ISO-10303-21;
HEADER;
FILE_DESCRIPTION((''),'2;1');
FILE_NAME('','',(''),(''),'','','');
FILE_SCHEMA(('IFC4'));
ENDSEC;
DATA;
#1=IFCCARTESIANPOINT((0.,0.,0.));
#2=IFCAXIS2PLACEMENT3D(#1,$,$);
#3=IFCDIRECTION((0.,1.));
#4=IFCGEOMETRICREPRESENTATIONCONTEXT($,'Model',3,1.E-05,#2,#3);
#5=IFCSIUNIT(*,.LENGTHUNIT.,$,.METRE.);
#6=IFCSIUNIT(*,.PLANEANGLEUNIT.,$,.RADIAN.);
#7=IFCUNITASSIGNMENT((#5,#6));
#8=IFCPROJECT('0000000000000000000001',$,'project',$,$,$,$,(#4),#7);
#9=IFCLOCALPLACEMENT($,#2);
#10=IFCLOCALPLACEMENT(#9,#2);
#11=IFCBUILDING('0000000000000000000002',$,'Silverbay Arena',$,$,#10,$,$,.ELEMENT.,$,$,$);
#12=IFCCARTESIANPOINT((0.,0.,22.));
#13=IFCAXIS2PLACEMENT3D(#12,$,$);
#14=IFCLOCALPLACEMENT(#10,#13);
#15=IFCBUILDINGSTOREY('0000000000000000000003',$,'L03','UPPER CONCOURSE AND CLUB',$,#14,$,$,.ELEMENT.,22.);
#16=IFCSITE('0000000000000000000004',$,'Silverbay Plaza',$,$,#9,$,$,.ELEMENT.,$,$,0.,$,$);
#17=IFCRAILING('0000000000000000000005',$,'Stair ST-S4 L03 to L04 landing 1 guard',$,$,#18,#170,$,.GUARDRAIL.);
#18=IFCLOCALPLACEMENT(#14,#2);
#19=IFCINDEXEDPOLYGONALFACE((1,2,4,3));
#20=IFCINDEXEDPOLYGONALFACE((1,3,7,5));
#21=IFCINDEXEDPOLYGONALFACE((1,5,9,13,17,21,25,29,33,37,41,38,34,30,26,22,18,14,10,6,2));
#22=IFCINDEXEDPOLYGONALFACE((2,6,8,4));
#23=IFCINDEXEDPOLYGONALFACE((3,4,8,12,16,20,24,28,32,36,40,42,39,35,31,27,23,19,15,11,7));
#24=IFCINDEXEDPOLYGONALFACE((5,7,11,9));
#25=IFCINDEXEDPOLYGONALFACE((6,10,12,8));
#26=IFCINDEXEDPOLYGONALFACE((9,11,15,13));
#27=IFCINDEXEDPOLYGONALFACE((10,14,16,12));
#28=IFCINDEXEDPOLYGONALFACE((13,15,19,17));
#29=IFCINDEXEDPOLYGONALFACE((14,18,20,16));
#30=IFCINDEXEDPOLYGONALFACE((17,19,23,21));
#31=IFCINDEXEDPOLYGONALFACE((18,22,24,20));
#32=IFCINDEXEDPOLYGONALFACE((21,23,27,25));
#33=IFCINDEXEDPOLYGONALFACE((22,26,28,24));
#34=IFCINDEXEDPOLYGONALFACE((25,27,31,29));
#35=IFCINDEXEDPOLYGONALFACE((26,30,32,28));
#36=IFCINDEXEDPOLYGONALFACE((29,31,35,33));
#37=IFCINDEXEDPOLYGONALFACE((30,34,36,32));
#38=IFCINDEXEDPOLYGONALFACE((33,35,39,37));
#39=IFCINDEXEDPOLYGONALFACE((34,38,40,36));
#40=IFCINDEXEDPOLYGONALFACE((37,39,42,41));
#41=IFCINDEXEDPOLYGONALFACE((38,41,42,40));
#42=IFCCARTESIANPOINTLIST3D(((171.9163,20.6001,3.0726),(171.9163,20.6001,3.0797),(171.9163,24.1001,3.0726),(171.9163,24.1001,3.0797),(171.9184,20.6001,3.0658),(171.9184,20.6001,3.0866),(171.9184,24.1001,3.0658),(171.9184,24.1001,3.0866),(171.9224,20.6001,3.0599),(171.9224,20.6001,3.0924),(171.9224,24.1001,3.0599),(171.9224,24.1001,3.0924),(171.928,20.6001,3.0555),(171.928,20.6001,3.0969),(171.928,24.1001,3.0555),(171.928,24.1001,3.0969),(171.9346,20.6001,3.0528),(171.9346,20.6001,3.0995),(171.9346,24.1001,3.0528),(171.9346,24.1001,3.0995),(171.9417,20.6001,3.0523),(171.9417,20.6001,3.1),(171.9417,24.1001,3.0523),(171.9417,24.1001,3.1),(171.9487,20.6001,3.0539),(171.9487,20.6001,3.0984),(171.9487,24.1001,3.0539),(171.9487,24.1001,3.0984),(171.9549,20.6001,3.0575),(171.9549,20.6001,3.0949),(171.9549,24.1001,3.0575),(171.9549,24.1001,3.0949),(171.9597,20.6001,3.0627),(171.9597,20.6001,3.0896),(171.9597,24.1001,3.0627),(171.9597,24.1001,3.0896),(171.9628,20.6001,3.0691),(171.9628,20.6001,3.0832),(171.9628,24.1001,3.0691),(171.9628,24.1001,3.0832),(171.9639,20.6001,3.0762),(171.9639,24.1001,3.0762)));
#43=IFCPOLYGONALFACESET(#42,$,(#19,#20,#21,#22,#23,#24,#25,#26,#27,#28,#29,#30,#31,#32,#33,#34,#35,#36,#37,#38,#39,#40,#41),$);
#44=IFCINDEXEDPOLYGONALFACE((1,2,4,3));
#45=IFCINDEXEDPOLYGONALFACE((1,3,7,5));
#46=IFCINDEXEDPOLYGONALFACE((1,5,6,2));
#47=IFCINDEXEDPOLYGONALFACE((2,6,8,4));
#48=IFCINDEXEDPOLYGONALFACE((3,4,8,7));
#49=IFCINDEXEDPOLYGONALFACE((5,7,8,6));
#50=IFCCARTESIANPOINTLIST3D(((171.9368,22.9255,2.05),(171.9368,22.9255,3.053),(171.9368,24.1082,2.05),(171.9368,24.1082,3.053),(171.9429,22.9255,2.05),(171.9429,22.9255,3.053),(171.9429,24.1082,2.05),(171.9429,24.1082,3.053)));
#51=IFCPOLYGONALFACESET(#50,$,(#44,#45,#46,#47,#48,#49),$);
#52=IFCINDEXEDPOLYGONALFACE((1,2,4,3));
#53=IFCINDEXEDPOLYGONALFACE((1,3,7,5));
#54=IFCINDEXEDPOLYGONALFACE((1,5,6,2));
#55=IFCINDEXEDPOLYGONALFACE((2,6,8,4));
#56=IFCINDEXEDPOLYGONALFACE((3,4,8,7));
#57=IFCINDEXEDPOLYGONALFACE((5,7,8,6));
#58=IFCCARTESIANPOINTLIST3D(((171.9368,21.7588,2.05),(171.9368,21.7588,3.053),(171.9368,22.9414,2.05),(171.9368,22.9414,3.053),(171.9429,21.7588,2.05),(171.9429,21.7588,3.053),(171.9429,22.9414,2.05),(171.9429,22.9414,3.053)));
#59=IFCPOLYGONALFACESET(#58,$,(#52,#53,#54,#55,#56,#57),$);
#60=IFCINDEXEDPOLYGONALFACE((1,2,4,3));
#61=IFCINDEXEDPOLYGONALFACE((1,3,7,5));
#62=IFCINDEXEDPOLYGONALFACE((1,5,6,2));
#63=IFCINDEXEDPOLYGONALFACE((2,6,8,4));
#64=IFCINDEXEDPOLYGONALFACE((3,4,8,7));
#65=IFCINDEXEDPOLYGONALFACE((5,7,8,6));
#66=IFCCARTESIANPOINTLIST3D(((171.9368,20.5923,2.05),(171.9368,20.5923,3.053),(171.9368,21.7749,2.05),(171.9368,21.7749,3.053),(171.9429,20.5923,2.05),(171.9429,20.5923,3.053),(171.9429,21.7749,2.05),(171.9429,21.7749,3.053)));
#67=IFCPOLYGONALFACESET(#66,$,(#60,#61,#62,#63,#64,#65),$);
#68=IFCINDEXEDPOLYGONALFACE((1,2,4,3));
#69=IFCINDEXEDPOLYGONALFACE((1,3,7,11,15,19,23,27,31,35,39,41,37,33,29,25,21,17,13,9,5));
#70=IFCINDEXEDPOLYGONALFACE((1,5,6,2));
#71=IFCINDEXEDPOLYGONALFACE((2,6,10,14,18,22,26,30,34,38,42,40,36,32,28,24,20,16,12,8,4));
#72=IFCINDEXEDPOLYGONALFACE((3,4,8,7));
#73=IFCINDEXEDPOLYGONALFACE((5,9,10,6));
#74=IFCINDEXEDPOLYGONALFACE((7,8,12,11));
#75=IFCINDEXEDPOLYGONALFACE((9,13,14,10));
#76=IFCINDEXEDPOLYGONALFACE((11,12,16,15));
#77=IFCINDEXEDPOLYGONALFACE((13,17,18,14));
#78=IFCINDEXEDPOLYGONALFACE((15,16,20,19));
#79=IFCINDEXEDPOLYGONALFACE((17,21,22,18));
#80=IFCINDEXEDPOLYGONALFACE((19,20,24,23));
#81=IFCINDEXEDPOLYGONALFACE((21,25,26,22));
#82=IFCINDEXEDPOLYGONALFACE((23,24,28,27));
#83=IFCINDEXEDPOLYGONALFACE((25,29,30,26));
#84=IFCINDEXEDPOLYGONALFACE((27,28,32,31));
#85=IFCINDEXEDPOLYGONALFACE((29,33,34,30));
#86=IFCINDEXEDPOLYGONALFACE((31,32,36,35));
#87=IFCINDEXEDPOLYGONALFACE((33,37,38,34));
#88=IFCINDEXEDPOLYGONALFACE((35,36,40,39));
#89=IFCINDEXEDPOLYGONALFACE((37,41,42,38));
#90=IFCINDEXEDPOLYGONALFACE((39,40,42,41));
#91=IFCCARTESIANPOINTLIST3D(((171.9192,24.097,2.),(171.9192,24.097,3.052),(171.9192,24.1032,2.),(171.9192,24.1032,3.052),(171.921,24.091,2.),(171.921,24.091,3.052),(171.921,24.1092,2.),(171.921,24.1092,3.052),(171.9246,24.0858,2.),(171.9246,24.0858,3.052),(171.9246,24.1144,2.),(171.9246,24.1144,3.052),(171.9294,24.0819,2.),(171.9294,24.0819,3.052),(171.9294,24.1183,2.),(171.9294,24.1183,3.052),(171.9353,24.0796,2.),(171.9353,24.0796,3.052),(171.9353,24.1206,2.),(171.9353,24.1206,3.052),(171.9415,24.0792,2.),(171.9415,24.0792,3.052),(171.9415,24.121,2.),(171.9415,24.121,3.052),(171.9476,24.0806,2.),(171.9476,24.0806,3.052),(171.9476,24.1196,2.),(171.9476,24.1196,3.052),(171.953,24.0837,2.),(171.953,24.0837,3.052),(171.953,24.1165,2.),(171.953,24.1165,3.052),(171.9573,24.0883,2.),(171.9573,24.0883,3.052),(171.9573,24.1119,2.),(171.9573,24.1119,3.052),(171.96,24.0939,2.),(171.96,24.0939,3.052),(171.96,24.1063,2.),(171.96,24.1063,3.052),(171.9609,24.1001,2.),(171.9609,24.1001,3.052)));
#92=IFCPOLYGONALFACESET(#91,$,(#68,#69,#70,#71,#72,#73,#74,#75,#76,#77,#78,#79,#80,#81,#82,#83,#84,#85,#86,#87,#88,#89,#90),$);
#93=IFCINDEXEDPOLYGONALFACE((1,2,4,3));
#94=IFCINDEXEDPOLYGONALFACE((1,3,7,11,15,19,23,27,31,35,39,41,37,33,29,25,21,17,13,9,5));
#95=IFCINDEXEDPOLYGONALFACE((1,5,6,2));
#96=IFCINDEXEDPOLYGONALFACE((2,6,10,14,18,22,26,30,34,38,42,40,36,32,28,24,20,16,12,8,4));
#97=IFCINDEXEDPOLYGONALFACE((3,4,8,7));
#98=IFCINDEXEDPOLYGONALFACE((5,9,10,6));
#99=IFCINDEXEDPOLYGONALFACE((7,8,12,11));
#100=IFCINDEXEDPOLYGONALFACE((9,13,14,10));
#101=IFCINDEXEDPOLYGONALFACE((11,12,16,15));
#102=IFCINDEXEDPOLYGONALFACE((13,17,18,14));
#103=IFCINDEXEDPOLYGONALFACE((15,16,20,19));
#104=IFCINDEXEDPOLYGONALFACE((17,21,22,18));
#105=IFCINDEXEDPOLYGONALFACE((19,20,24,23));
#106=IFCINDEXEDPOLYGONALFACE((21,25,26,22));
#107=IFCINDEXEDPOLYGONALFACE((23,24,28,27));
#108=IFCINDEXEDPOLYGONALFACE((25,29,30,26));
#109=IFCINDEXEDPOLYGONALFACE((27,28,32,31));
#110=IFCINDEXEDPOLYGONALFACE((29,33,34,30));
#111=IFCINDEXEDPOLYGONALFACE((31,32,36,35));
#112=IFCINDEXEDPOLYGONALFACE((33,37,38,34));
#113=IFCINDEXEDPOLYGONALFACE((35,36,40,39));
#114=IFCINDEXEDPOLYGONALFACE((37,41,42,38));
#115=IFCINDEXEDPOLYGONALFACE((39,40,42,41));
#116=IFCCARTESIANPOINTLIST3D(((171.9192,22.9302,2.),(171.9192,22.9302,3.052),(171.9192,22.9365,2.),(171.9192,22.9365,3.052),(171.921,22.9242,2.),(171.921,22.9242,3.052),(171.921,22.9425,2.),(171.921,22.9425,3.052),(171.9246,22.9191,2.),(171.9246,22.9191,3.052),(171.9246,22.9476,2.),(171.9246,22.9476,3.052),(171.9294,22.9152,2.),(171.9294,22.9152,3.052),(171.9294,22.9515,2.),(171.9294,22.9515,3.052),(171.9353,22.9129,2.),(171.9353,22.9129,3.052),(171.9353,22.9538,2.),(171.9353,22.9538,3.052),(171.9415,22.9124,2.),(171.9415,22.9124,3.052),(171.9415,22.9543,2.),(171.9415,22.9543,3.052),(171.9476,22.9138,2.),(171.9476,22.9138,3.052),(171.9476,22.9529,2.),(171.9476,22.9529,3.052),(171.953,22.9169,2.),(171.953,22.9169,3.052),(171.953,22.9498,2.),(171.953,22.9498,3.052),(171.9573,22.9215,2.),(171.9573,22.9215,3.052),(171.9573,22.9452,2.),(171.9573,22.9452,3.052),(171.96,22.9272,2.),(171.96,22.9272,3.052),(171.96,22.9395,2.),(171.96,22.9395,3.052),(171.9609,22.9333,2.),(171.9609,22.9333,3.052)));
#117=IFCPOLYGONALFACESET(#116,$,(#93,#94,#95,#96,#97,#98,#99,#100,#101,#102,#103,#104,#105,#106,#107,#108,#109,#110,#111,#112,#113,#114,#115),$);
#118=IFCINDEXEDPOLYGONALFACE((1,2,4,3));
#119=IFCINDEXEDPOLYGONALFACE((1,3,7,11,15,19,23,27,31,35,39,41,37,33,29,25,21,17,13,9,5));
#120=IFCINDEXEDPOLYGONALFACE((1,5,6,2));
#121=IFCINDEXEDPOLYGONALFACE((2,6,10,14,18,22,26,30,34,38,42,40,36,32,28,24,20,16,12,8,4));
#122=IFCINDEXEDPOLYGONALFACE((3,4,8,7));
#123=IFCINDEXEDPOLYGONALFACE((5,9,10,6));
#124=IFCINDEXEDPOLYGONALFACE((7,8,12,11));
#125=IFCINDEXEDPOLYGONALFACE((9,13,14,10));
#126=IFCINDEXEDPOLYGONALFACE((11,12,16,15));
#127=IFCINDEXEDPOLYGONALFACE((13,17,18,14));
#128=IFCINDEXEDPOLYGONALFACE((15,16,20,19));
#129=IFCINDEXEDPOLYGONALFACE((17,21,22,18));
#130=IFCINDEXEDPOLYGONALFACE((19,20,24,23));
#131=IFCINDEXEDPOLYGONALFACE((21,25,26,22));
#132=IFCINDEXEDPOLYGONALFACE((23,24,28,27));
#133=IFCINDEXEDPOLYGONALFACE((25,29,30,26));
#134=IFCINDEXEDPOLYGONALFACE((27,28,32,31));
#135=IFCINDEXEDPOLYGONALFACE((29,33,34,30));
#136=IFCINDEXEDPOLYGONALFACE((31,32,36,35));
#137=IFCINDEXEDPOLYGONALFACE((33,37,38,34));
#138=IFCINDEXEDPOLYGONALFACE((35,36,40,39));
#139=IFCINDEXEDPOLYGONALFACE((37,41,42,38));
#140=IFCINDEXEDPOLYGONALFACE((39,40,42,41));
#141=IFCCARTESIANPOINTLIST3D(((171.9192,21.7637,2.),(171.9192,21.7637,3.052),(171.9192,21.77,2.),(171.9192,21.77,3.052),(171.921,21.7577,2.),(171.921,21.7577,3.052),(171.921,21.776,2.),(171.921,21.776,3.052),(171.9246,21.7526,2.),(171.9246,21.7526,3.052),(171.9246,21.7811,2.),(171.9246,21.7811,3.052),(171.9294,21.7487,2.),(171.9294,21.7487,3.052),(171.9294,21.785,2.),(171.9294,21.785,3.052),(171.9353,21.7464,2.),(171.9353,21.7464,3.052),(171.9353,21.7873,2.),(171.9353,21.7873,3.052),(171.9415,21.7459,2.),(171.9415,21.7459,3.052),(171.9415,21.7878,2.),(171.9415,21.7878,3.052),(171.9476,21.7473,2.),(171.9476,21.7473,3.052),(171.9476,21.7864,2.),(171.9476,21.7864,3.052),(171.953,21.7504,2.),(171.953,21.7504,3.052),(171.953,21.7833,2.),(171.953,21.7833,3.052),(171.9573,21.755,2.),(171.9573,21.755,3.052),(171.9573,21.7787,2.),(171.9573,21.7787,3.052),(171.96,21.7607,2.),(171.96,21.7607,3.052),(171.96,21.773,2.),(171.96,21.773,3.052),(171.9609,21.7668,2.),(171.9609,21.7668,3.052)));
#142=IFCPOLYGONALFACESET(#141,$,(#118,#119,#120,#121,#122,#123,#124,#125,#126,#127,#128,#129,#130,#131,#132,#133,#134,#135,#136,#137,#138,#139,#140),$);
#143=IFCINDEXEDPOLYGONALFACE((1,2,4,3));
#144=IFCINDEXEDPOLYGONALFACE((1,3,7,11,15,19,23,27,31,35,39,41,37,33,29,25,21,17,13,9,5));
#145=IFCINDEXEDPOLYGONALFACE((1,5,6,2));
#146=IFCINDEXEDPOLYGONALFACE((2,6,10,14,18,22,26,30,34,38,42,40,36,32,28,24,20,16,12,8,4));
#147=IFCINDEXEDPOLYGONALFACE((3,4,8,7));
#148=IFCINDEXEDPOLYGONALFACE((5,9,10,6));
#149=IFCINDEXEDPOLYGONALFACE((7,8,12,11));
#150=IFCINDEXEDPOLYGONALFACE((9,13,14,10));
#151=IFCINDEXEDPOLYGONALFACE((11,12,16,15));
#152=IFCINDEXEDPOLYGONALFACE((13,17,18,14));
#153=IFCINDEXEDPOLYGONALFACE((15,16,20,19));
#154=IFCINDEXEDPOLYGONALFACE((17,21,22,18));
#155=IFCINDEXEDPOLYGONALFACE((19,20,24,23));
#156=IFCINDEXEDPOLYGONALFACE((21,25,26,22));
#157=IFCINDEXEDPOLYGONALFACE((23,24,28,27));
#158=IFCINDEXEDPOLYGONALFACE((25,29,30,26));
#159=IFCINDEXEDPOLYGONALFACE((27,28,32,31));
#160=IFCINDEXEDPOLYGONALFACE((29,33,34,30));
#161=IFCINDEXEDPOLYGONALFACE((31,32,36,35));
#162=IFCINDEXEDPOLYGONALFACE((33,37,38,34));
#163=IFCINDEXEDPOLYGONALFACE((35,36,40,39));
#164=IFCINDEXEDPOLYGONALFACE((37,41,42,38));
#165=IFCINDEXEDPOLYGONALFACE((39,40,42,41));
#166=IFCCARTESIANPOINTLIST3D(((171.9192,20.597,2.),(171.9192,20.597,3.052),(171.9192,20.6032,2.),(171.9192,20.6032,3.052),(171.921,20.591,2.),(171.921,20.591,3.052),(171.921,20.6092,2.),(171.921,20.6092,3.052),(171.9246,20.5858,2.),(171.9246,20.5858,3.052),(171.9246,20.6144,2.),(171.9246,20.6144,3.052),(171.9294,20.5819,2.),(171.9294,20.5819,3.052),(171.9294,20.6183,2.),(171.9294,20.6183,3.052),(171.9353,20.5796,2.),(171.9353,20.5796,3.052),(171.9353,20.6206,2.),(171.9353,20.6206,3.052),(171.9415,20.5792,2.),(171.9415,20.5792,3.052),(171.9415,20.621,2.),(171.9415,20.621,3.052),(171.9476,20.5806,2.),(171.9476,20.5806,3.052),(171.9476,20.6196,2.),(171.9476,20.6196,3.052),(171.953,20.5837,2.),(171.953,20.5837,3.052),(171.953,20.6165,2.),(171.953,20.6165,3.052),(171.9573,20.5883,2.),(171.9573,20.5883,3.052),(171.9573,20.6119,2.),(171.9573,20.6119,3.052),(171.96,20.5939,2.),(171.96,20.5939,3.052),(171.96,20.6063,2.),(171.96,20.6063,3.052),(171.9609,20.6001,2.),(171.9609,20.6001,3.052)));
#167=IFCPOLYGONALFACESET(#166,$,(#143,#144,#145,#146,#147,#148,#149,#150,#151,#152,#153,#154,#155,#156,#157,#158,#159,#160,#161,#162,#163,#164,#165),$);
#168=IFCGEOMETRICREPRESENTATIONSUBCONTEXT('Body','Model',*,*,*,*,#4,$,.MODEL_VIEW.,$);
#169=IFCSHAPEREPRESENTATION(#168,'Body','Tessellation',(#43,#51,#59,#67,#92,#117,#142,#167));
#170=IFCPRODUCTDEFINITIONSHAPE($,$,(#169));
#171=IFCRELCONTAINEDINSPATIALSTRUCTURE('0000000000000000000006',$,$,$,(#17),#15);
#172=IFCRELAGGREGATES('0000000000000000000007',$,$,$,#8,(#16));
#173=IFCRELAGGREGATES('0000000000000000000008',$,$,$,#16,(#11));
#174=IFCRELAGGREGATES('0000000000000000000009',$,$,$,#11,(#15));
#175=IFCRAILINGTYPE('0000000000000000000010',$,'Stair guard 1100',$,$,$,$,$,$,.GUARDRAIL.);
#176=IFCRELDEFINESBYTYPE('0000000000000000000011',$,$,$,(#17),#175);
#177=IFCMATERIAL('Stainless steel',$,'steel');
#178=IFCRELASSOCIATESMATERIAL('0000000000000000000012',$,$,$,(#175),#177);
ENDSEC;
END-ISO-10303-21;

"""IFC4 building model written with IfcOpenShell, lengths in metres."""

from ifc_helpers import new_model, si_unit, direction, frame, origin, origin_2d, place, context, subcontext, project, spatial, polyline, circle, outline, extrude, material, type_object, element, save


model = new_model("IFC4")

# Units and contexts
model_context = context("Model", 3, precision=1e-05, world=origin(), true_north=direction((0.0, 1.0)))
body_context = subcontext(model_context, "Body", "Model", "MODEL_VIEW")
ifc_project = project(units=[si_unit("LENGTHUNIT", "METRE"), si_unit("PLANEANGLEUNIT", "RADIAN")], contexts=[model_context])

# Site, building, storey
site_placement = place(None, origin())
site = spatial("IfcSite", under=ifc_project, at=site_placement, Name="Silverbay Plaza", CompositionType="ELEMENT", RefElevation=0.0)
building_placement = place(site_placement, origin())
building = spatial("IfcBuilding", under=site, at=building_placement, Name="Silverbay Arena", CompositionType="ELEMENT")
storey_placement = place(building_placement, frame((0.0, 0.0, 22.0)))
storey = spatial("IfcBuildingStorey", under=building, at=storey_placement, Name="L03", Description="UPPER CONCOURSE AND CLUB", CompositionType="ELEMENT", Elevation=22.0)

# Railing
ifc_material_1 = material(Name="Stainless steel", Category="steel")
railing_type_1 = type_object("IfcRailingType", Name="Stair guard 1100", PredefinedType="GUARDRAIL", material=ifc_material_1)
for number, where, name in (
    (1, (171.9399, 24.1001, 2.0), "Stair ST-S4 L03 to L04 landing 1 guard"),
):
    element("IfcRailing", number, at=place(storey_placement, frame(where)), inside=storey, type_object=railing_type_1, Name=name, PredefinedType="GUARDRAIL", context=body_context, shape_type="SweptSolid", body=[
        extrude(circle(Radius=0.0239, at=origin_2d()), frame((0.0, 0.0, 1.0762), z_axis=(0.0, -1.0, 0.0), x_axis=(1.0, 0.0, 0.0)), (0.0, 0.0, 1.0), 3.5),
        extrude(outline(polyline([(-0.0081, 0.05), (1.1746, 0.05), (1.1746, 1.053), (-0.0081, 1.053), (-0.0081, 0.05)])), frame((0.0029, 0.0, 0.0), z_axis=(-1.0, 0.0, 0.0), x_axis=(0.0, -1.0, 0.0)), (0.0, 0.0, 1.0), 0.0061),
        extrude(outline(polyline([(-0.0081, 0.05), (1.1746, 0.05), (1.1746, 1.053), (-0.0081, 1.053), (-0.0081, 0.05)])), frame((0.0029, -1.1667, 0.0), z_axis=(-1.0, 0.0, 0.0), x_axis=(0.0, -1.0, 0.0)), (0.0, 0.0, 1.0), 0.0061),
        extrude(outline(polyline([(-0.0081, 0.05), (1.1746, 0.05), (1.1746, 1.053), (-0.0081, 1.053), (-0.0081, 0.05)])), frame((0.0029, -2.3333, 0.0), z_axis=(-1.0, 0.0, 0.0), x_axis=(0.0, -1.0, 0.0)), (0.0, 0.0, 1.0), 0.0061),
        extrude(circle(Radius=0.021, at=origin_2d()), origin(), (0.0, 0.0, 1.0), 1.052),
        extrude(circle(Radius=0.021, at=origin_2d()), frame((0.0, -1.1667, 0.0)), (0.0, 0.0, 1.0), 1.052),
        extrude(circle(Radius=0.021, at=origin_2d()), frame((0.0, -2.3333, 0.0)), (0.0, 0.0, 1.0), 1.052),
        extrude(circle(Radius=0.021, at=origin_2d()), frame((0.0, -3.5, 0.0)), (0.0, 0.0, 1.0), 1.052),
    ])

save(model, "model.ifc")
